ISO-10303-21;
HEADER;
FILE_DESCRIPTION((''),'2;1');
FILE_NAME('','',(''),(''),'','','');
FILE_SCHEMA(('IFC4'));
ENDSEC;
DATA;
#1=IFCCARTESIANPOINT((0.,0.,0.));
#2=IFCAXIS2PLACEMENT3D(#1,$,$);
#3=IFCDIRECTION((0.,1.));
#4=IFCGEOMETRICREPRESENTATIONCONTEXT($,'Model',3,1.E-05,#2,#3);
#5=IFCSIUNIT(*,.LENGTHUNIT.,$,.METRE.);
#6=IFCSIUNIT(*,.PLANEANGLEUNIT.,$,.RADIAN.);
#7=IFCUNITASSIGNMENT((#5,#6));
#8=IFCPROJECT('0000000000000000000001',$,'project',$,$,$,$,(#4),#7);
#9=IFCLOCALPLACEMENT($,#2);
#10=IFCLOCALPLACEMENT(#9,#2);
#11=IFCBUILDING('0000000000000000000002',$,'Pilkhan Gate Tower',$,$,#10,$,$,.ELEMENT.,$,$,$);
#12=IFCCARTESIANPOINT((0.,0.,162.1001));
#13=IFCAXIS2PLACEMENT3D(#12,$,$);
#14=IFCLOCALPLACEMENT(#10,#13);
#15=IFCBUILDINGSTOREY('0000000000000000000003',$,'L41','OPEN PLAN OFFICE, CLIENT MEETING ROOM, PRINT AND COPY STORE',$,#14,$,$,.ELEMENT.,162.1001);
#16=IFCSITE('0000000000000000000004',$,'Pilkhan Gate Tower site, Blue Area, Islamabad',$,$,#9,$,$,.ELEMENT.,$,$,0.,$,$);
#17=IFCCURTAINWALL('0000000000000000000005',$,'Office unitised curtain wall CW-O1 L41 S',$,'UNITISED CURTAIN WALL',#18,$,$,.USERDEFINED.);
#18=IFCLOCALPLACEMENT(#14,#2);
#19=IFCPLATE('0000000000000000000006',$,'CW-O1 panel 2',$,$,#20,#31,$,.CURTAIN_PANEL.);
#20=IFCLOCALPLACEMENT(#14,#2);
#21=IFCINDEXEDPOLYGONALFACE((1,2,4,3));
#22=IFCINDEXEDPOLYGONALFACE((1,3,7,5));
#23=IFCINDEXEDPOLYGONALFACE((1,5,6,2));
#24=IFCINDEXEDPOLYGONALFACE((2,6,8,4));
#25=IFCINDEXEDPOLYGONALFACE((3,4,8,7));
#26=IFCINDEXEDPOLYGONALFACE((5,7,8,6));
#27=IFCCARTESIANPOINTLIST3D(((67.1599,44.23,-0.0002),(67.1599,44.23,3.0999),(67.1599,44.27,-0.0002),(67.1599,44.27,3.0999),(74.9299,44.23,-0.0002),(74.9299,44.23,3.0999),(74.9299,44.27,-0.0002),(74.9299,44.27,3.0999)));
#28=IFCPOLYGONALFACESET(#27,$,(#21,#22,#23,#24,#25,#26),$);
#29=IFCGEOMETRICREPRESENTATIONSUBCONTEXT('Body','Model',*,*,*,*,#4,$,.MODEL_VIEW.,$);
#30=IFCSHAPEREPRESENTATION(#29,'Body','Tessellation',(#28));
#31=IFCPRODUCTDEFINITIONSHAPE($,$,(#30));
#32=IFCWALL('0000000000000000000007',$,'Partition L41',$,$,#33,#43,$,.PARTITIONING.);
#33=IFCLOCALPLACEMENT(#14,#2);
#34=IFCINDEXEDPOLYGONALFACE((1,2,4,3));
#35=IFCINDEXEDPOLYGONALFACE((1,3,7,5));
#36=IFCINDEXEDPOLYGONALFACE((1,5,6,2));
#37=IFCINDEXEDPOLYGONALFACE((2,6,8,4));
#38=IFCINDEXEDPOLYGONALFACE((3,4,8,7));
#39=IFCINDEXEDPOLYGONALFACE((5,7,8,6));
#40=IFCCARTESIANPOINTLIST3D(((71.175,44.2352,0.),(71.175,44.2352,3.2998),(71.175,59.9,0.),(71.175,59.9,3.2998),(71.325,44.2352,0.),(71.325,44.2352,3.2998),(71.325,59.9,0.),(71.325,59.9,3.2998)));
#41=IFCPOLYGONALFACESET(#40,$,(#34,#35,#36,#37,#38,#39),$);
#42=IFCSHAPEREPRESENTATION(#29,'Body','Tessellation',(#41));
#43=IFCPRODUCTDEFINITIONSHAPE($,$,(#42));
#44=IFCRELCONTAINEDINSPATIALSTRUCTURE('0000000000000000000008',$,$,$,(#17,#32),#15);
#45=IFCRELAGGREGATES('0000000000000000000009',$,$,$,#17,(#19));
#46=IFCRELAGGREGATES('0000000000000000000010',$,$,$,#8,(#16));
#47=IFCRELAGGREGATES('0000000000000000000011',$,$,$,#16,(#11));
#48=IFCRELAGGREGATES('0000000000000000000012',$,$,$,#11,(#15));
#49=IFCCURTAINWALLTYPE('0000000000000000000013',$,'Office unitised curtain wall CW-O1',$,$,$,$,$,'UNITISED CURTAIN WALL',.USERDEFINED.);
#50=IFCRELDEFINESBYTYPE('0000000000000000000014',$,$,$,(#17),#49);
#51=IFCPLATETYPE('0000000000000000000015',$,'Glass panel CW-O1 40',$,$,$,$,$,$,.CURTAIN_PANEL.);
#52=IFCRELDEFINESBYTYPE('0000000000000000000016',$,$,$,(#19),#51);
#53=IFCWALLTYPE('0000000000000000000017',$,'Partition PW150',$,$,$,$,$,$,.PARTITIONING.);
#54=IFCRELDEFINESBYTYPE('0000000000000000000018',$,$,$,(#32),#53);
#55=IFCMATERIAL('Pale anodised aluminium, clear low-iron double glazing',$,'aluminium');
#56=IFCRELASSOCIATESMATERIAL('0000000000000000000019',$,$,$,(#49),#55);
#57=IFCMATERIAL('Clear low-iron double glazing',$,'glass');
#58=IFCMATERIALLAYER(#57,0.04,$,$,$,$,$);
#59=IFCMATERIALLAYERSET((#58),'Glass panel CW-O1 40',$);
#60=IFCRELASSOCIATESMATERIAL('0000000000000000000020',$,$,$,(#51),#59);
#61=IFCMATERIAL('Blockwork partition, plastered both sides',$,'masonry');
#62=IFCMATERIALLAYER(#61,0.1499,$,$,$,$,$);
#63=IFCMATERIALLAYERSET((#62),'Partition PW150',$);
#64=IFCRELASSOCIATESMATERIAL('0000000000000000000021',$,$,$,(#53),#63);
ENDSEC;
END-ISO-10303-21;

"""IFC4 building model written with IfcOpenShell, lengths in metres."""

from ifc_helpers import new_model, si_unit, direction, frame, frame_2d, origin, origin_2d, place, context, subcontext, project, spatial, rectangle, extrude, material, layer, layer_set, type_object, element, aggregate, save


model = new_model("IFC4")

# Units and contexts
model_context = context("Model", 3, precision=1e-05, world=origin(), true_north=direction((0.0, 1.0)))
body_context = subcontext(model_context, "Body", "Model", "MODEL_VIEW")
ifc_project = project(units=[si_unit("LENGTHUNIT", "METRE"), si_unit("PLANEANGLEUNIT", "RADIAN")], contexts=[model_context])

# Site, building, storey
site_placement = place(None, origin())
site = spatial("IfcSite", under=ifc_project, at=site_placement, Name="Pilkhan Gate Tower site, Blue Area, Islamabad", CompositionType="ELEMENT", RefElevation=0.0)
building_placement = place(site_placement, origin())
building = spatial("IfcBuilding", under=site, at=building_placement, Name="Pilkhan Gate Tower", CompositionType="ELEMENT")
storey_placement = place(building_placement, frame((0.0, 0.0, 162.1001)))
storey = spatial("IfcBuildingStorey", under=building, at=storey_placement, Name="L41", Description="OPEN PLAN OFFICE, CLIENT MEETING ROOM, PRINT AND COPY STORE", CompositionType="ELEMENT", Elevation=162.1001)

# Shared definitions
ifc_material_1 = material(Name="Pale anodised aluminium, clear low-iron double glazing", Category="aluminium")
curtain_wall_type = type_object("IfcCurtainWallType", Name="Office unitised curtain wall CW-O1", ElementType="UNITISED CURTAIN WALL", PredefinedType="USERDEFINED", material=ifc_material_1)

# Curtain wall
curtain_wall_1_placement = place(storey_placement, origin())
curtain_wall_1 = element("IfcCurtainWall", 1, at=curtain_wall_1_placement, inside=storey, type_object=curtain_wall_type, Name="Office unitised curtain wall CW-O1 L41 S", ObjectType="UNITISED CURTAIN WALL", PredefinedType="USERDEFINED")

# Plate
ifc_material_2 = material(Name="Clear low-iron double glazing", Category="glass")
ifc_layer_1 = layer(ifc_material_2, 0.04)
ifc_layer_set_1 = layer_set([ifc_layer_1], Name="Glass panel CW-O1 40")
plate_type = type_object("IfcPlateType", Name="Glass panel CW-O1 40", PredefinedType="CURTAIN_PANEL", material=ifc_layer_set_1)
plate_1_placement = place(storey_placement, frame((71.0449, 44.25, -0.0002), z_axis=(0.0, 0.0, 1.0), x_axis=(1.0, 0.0, 0.0)))
plate_1 = element("IfcPlate", 2, at=plate_1_placement, type_object=plate_type, Name="CW-O1 panel 2", PredefinedType="CURTAIN_PANEL", context=body_context, shape_type="SweptSolid", body=[
    extrude(rectangle(XDim=7.77, YDim=0.04, at=origin_2d()), origin(), (0.0, 0.0, 1.0), 3.1001),
])
aggregate(curtain_wall_1, [plate_1])

# Wall
ifc_material_3 = material(Name="Blockwork partition, plastered both sides", Category="masonry")
ifc_layer_2 = layer(ifc_material_3, 0.1499)
ifc_layer_set_2 = layer_set([ifc_layer_2], Name="Partition PW150")
wall_type = type_object("IfcWallType", Name="Partition PW150", PredefinedType="PARTITIONING", material=ifc_layer_set_2)
wall_placement = place(storey_placement, frame((71.25, 44.2351, 0.0), z_axis=(0.0, 0.0, 1.0), x_axis=(0.0, 1.0, 0.0)))
element("IfcWall", 3, at=wall_placement, inside=storey, type_object=wall_type, Name="Partition L41", PredefinedType="PARTITIONING", context=body_context, shape_type="SweptSolid", body=[
    extrude(rectangle(XDim=15.6648, YDim=0.1499, at=frame_2d((7.8325, 0.0))), origin(), (0.0, 0.0, 1.0), 3.2998),
])

save(model, "model.ifc")
